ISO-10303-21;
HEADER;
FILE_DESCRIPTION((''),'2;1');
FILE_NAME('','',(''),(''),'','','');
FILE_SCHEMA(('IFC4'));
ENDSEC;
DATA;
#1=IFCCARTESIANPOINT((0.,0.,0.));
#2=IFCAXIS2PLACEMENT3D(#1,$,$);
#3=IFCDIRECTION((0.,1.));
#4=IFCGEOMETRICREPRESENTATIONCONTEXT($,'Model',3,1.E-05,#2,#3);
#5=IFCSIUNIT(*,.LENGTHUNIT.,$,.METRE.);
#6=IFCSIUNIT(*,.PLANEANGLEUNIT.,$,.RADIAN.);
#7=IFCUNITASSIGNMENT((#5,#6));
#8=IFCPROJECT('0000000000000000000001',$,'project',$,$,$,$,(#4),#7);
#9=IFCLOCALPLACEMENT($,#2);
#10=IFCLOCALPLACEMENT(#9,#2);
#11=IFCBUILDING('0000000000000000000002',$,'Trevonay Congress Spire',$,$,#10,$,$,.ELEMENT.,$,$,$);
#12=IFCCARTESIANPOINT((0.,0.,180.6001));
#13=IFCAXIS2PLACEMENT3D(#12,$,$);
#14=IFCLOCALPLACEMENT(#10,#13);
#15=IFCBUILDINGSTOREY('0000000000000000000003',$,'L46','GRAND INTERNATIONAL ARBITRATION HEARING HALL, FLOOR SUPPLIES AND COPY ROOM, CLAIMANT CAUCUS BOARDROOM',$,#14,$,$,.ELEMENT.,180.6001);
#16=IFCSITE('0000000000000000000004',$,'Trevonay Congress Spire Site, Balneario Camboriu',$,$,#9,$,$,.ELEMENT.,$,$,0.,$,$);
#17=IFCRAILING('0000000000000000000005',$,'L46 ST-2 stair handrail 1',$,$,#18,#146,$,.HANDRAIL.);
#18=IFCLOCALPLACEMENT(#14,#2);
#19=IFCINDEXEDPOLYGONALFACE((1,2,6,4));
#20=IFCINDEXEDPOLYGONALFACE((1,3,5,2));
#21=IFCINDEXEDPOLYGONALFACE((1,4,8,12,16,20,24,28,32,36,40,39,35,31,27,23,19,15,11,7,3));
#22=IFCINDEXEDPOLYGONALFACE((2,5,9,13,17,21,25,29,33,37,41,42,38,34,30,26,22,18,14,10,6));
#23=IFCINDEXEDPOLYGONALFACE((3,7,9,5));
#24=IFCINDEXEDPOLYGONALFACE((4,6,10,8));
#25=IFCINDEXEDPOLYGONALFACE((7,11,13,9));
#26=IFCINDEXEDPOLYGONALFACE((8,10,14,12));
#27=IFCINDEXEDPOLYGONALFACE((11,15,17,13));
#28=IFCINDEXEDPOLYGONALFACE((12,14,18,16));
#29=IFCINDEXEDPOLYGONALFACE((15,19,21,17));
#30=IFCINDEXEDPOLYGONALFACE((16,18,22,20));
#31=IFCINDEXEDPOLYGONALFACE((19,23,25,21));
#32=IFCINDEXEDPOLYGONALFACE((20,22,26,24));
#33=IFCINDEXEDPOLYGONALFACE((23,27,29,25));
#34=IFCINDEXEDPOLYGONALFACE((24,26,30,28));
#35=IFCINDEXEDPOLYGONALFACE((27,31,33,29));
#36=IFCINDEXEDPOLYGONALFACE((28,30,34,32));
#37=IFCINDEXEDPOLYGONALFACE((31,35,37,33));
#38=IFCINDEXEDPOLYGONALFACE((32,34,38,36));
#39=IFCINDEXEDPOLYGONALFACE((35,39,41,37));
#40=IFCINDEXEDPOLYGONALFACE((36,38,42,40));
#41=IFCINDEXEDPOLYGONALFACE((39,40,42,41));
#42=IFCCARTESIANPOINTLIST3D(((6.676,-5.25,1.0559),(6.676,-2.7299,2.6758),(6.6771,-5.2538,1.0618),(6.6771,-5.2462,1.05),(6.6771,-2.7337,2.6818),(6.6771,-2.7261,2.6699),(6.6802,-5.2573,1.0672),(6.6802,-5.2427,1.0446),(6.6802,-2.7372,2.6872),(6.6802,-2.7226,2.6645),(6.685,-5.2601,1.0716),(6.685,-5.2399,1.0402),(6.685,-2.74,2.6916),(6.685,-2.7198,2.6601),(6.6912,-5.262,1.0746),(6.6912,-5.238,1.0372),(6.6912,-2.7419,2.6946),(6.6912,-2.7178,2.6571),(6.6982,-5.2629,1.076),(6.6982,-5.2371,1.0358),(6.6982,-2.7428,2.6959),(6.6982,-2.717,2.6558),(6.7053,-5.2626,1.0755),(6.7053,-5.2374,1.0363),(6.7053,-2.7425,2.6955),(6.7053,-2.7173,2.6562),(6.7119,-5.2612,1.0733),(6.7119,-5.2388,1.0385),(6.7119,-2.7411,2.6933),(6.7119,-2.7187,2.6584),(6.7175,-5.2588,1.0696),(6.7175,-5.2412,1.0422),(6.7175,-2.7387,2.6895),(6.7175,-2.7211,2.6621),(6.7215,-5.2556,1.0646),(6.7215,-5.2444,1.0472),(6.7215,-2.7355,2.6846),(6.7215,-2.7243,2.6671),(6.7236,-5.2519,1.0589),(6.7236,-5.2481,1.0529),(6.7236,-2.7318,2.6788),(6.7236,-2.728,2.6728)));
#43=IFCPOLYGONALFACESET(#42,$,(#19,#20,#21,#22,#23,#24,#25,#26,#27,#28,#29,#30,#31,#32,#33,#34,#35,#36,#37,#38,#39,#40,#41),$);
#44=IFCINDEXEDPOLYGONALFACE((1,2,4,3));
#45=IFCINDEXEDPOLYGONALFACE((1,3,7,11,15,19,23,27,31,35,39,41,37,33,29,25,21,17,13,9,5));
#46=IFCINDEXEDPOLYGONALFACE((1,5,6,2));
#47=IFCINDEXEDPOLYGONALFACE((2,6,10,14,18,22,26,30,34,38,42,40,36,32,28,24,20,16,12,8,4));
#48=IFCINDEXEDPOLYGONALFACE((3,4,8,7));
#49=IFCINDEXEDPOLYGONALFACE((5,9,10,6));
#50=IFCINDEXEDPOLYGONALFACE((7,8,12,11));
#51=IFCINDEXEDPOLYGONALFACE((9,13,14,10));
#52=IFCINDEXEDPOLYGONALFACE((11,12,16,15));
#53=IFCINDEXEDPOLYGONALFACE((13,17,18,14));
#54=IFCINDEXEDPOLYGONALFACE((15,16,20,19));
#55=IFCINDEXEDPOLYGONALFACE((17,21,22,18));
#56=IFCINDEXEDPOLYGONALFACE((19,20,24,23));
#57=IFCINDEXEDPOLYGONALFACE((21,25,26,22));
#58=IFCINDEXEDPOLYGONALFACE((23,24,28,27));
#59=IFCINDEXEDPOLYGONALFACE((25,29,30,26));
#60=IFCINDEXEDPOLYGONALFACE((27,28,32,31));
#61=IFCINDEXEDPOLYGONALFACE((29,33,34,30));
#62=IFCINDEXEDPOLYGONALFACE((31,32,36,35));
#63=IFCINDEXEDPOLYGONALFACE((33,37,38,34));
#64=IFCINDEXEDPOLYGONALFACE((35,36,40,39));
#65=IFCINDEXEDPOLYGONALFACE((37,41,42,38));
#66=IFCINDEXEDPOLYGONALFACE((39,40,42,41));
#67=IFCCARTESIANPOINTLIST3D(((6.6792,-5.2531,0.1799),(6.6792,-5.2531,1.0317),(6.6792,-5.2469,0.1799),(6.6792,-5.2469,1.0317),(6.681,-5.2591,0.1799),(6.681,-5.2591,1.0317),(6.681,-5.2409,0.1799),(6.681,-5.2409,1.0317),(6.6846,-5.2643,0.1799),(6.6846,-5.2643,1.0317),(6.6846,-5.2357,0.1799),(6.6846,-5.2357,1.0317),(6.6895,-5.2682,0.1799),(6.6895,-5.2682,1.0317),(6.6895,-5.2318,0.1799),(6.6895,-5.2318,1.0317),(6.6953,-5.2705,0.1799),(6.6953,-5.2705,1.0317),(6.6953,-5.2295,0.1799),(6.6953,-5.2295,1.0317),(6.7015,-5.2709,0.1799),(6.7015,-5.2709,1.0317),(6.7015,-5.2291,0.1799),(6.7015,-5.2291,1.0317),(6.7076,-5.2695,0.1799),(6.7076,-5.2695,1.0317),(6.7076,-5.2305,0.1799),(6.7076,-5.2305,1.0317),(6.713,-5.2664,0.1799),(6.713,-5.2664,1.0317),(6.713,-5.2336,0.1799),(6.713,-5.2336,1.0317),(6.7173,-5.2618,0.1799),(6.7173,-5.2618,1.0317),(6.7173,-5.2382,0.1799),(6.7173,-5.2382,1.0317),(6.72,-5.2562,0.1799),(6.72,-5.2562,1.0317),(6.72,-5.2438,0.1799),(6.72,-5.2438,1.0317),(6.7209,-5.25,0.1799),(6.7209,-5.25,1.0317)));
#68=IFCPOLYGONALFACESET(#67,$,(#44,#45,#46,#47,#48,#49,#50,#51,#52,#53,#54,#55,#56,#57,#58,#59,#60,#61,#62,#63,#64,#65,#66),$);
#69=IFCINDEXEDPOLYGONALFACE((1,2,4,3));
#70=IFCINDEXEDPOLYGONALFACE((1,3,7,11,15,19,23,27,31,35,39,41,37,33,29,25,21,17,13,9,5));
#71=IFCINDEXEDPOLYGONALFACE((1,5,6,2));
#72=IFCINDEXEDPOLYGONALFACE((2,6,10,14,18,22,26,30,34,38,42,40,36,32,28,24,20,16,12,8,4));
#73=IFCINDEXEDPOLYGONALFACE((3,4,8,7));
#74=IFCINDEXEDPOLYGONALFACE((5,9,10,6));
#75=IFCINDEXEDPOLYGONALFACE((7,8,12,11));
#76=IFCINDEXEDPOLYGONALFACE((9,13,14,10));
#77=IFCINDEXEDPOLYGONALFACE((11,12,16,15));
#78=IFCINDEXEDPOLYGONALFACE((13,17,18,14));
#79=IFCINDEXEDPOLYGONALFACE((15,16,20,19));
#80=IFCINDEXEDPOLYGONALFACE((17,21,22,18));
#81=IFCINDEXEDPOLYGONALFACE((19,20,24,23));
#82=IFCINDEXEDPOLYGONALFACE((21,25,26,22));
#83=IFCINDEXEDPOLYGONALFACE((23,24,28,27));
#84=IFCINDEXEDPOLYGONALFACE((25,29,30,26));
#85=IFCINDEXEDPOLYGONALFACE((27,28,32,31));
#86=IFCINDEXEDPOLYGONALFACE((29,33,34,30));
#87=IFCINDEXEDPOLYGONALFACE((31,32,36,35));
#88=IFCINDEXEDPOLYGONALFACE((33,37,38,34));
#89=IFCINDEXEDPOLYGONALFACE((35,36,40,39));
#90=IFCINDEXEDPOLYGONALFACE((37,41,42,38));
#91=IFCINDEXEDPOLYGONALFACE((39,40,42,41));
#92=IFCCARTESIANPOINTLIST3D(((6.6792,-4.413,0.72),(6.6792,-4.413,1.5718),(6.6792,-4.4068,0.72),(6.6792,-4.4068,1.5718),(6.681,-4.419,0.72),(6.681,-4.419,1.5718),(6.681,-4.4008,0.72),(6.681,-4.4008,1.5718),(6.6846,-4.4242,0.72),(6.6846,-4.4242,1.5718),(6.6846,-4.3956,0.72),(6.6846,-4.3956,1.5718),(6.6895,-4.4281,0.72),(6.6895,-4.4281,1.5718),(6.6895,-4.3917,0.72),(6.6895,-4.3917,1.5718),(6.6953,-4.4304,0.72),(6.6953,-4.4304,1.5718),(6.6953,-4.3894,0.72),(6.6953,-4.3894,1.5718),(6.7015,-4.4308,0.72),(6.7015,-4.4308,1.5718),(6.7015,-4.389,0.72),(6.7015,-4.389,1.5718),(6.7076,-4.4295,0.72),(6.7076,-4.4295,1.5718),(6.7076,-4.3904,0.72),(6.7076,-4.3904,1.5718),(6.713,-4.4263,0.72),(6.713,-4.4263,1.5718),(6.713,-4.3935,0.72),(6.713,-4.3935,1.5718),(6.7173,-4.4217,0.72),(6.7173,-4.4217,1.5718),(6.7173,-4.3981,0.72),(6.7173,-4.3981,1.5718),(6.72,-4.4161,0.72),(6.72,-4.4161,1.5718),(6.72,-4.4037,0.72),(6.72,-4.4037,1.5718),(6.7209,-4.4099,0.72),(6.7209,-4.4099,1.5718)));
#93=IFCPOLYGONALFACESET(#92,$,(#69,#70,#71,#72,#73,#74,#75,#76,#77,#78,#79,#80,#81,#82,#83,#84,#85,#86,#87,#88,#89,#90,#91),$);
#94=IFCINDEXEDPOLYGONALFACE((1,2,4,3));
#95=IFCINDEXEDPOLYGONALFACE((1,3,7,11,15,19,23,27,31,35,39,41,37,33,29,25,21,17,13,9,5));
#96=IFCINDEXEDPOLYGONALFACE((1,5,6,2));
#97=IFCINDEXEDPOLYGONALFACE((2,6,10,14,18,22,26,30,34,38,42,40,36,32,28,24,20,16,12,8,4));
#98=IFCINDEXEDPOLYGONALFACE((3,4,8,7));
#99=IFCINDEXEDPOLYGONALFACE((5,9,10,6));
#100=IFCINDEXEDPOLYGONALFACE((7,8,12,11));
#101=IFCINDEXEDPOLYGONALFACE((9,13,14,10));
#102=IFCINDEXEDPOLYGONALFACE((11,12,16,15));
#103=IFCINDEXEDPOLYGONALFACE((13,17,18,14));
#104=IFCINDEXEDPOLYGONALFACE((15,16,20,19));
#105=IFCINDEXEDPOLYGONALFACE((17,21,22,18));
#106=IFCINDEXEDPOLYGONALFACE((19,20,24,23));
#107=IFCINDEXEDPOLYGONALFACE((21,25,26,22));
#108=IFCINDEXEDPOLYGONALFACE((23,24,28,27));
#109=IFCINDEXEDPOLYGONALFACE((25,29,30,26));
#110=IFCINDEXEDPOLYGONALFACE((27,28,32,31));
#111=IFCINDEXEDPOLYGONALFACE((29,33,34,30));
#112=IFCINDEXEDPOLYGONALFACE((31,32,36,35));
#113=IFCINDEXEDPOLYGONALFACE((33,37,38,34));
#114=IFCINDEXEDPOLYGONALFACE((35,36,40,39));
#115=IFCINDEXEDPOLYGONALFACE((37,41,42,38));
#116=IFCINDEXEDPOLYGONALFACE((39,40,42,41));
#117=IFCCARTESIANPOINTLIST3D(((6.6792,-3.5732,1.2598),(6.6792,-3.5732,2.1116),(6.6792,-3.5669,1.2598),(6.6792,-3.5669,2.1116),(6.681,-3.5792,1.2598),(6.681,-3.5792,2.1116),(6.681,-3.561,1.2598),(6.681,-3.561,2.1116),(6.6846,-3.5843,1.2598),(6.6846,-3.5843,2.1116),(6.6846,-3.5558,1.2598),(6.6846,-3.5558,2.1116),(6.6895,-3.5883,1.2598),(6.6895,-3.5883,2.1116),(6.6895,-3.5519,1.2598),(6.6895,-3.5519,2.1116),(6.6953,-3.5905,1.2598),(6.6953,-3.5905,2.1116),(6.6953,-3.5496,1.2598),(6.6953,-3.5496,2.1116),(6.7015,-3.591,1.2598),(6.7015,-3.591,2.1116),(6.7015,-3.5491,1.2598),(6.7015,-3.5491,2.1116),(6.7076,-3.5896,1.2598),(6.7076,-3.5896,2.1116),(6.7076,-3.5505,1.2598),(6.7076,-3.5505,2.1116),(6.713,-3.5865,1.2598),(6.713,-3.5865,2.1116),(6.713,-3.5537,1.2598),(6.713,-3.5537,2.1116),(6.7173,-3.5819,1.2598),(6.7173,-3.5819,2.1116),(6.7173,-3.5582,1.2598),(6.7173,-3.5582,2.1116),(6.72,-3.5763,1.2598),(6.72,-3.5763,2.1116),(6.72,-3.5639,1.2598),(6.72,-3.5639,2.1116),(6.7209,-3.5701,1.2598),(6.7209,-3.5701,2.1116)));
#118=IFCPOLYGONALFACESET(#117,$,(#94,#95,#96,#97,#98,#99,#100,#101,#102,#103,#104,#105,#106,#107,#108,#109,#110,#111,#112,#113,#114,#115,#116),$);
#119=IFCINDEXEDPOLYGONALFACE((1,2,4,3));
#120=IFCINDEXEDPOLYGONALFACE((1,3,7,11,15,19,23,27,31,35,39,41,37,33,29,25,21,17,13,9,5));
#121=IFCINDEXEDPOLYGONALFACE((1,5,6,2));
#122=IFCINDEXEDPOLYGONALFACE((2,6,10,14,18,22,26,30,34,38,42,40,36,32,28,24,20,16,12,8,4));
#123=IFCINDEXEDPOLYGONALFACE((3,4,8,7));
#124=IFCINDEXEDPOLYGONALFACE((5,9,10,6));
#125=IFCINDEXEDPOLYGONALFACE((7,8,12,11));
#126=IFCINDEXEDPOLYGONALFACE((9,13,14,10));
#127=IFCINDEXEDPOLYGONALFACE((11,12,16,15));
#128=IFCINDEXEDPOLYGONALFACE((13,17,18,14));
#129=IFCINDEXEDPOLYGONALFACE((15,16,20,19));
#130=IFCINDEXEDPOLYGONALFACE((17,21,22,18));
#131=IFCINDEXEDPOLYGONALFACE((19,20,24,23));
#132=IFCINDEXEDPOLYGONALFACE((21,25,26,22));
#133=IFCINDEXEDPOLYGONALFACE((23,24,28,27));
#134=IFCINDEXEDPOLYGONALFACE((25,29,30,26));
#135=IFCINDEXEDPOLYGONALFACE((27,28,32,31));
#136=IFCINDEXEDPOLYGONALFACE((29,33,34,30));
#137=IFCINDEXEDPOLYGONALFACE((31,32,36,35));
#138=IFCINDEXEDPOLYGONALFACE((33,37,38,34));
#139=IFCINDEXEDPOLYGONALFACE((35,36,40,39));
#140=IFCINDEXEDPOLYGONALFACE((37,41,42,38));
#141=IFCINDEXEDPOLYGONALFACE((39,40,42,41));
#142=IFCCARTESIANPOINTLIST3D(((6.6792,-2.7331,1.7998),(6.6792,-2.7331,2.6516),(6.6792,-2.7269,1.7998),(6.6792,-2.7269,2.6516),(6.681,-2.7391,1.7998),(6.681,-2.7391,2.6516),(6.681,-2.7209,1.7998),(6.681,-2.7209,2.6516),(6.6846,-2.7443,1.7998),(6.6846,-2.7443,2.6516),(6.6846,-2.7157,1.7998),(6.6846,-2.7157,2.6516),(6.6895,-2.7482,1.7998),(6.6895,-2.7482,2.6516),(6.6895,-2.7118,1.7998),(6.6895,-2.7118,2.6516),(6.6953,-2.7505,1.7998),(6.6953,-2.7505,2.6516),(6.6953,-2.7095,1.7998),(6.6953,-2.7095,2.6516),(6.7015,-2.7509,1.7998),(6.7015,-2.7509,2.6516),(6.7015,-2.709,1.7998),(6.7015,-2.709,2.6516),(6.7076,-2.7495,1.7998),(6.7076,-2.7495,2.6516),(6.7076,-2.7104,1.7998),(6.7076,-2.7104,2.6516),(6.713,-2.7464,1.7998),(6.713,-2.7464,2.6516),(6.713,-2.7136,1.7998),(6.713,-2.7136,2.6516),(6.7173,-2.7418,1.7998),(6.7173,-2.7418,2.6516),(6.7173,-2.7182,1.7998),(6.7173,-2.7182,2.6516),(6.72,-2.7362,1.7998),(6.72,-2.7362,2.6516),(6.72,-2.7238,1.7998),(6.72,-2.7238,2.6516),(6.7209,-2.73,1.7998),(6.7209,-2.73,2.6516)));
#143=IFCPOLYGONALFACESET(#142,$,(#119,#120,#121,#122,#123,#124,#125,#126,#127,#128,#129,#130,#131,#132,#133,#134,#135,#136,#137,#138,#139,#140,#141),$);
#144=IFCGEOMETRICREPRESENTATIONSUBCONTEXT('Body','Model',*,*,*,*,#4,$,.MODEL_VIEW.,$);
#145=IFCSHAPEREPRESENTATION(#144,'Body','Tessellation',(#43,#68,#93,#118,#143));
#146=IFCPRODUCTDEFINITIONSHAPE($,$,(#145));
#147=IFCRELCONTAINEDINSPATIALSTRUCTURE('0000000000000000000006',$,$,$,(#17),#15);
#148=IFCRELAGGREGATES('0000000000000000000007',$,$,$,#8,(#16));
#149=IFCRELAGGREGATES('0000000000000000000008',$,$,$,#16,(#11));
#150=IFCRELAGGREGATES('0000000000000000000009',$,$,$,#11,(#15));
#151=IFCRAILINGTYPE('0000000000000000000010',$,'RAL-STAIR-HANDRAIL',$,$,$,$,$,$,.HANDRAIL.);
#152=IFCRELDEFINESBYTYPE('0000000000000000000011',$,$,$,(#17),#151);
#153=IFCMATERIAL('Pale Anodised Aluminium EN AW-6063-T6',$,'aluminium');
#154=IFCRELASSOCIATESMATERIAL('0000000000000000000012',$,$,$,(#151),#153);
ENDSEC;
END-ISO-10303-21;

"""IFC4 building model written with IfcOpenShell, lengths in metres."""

from ifc_helpers import new_model, si_unit, direction, frame, origin, origin_2d, place, context, subcontext, project, spatial, circle, extrude, material, type_object, element, save


model = new_model("IFC4")

# Units and contexts
model_context = context("Model", 3, precision=1e-05, world=origin(), true_north=direction((0.0, 1.0)))
body_context = subcontext(model_context, "Body", "Model", "MODEL_VIEW")
ifc_project = project(units=[si_unit("LENGTHUNIT", "METRE"), si_unit("PLANEANGLEUNIT", "RADIAN")], contexts=[model_context])

# Site, building, storey
site_placement = place(None, origin())
site = spatial("IfcSite", under=ifc_project, at=site_placement, Name="Trevonay Congress Spire Site, Balneario Camboriu", CompositionType="ELEMENT", RefElevation=0.0)
building_placement = place(site_placement, origin())
building = spatial("IfcBuilding", under=site, at=building_placement, Name="Trevonay Congress Spire", CompositionType="ELEMENT")
storey_placement = place(building_placement, frame((0.0, 0.0, 180.6001)))
storey = spatial("IfcBuildingStorey", under=building, at=storey_placement, Name="L46", Description="GRAND INTERNATIONAL ARBITRATION HEARING HALL, FLOOR SUPPLIES AND COPY ROOM, CLAIMANT CAUCUS BOARDROOM", CompositionType="ELEMENT", Elevation=180.6001)

# Shared definitions
ifc_material_1 = material(Name="Pale Anodised Aluminium EN AW-6063-T6", Category="aluminium")

# Railing
railing_type_1 = type_object("IfcRailingType", Name="RAL-STAIR-HANDRAIL", PredefinedType="HANDRAIL", material=ifc_material_1)
railing_1_placement = place(storey_placement, frame((6.7, -5.25, 0.1799)))
element("IfcRailing", 1, at=railing_1_placement, inside=storey, type_object=railing_type_1, Name="L46 ST-2 stair handrail 1", PredefinedType="HANDRAIL", context=body_context, shape_type="SweptSolid", body=[
    extrude(circle(Radius=0.0239, at=origin_2d()), frame((0.0, 0.0, 0.876), z_axis=(0.0, 0.8412, 0.540725), x_axis=(-1.0, 0.0, 0.0)), (0.0, 0.0, 1.0), 2.9958),
    extrude(circle(Radius=0.021, at=origin_2d()), origin(), (0.0, 0.0, 1.0), 0.8518),
    extrude(circle(Radius=0.021, at=origin_2d()), frame((0.0, 0.8401, 0.54)), (0.0, 0.0, 1.0), 0.8518),
    extrude(circle(Radius=0.021, at=origin_2d()), frame((0.0, 1.6799, 1.0798)), (0.0, 0.0, 1.0), 0.8518),
    extrude(circle(Radius=0.021, at=origin_2d()), frame((0.0, 2.52, 1.6199)), (0.0, 0.0, 1.0), 0.8518),
])

save(model, "model.ifc")
